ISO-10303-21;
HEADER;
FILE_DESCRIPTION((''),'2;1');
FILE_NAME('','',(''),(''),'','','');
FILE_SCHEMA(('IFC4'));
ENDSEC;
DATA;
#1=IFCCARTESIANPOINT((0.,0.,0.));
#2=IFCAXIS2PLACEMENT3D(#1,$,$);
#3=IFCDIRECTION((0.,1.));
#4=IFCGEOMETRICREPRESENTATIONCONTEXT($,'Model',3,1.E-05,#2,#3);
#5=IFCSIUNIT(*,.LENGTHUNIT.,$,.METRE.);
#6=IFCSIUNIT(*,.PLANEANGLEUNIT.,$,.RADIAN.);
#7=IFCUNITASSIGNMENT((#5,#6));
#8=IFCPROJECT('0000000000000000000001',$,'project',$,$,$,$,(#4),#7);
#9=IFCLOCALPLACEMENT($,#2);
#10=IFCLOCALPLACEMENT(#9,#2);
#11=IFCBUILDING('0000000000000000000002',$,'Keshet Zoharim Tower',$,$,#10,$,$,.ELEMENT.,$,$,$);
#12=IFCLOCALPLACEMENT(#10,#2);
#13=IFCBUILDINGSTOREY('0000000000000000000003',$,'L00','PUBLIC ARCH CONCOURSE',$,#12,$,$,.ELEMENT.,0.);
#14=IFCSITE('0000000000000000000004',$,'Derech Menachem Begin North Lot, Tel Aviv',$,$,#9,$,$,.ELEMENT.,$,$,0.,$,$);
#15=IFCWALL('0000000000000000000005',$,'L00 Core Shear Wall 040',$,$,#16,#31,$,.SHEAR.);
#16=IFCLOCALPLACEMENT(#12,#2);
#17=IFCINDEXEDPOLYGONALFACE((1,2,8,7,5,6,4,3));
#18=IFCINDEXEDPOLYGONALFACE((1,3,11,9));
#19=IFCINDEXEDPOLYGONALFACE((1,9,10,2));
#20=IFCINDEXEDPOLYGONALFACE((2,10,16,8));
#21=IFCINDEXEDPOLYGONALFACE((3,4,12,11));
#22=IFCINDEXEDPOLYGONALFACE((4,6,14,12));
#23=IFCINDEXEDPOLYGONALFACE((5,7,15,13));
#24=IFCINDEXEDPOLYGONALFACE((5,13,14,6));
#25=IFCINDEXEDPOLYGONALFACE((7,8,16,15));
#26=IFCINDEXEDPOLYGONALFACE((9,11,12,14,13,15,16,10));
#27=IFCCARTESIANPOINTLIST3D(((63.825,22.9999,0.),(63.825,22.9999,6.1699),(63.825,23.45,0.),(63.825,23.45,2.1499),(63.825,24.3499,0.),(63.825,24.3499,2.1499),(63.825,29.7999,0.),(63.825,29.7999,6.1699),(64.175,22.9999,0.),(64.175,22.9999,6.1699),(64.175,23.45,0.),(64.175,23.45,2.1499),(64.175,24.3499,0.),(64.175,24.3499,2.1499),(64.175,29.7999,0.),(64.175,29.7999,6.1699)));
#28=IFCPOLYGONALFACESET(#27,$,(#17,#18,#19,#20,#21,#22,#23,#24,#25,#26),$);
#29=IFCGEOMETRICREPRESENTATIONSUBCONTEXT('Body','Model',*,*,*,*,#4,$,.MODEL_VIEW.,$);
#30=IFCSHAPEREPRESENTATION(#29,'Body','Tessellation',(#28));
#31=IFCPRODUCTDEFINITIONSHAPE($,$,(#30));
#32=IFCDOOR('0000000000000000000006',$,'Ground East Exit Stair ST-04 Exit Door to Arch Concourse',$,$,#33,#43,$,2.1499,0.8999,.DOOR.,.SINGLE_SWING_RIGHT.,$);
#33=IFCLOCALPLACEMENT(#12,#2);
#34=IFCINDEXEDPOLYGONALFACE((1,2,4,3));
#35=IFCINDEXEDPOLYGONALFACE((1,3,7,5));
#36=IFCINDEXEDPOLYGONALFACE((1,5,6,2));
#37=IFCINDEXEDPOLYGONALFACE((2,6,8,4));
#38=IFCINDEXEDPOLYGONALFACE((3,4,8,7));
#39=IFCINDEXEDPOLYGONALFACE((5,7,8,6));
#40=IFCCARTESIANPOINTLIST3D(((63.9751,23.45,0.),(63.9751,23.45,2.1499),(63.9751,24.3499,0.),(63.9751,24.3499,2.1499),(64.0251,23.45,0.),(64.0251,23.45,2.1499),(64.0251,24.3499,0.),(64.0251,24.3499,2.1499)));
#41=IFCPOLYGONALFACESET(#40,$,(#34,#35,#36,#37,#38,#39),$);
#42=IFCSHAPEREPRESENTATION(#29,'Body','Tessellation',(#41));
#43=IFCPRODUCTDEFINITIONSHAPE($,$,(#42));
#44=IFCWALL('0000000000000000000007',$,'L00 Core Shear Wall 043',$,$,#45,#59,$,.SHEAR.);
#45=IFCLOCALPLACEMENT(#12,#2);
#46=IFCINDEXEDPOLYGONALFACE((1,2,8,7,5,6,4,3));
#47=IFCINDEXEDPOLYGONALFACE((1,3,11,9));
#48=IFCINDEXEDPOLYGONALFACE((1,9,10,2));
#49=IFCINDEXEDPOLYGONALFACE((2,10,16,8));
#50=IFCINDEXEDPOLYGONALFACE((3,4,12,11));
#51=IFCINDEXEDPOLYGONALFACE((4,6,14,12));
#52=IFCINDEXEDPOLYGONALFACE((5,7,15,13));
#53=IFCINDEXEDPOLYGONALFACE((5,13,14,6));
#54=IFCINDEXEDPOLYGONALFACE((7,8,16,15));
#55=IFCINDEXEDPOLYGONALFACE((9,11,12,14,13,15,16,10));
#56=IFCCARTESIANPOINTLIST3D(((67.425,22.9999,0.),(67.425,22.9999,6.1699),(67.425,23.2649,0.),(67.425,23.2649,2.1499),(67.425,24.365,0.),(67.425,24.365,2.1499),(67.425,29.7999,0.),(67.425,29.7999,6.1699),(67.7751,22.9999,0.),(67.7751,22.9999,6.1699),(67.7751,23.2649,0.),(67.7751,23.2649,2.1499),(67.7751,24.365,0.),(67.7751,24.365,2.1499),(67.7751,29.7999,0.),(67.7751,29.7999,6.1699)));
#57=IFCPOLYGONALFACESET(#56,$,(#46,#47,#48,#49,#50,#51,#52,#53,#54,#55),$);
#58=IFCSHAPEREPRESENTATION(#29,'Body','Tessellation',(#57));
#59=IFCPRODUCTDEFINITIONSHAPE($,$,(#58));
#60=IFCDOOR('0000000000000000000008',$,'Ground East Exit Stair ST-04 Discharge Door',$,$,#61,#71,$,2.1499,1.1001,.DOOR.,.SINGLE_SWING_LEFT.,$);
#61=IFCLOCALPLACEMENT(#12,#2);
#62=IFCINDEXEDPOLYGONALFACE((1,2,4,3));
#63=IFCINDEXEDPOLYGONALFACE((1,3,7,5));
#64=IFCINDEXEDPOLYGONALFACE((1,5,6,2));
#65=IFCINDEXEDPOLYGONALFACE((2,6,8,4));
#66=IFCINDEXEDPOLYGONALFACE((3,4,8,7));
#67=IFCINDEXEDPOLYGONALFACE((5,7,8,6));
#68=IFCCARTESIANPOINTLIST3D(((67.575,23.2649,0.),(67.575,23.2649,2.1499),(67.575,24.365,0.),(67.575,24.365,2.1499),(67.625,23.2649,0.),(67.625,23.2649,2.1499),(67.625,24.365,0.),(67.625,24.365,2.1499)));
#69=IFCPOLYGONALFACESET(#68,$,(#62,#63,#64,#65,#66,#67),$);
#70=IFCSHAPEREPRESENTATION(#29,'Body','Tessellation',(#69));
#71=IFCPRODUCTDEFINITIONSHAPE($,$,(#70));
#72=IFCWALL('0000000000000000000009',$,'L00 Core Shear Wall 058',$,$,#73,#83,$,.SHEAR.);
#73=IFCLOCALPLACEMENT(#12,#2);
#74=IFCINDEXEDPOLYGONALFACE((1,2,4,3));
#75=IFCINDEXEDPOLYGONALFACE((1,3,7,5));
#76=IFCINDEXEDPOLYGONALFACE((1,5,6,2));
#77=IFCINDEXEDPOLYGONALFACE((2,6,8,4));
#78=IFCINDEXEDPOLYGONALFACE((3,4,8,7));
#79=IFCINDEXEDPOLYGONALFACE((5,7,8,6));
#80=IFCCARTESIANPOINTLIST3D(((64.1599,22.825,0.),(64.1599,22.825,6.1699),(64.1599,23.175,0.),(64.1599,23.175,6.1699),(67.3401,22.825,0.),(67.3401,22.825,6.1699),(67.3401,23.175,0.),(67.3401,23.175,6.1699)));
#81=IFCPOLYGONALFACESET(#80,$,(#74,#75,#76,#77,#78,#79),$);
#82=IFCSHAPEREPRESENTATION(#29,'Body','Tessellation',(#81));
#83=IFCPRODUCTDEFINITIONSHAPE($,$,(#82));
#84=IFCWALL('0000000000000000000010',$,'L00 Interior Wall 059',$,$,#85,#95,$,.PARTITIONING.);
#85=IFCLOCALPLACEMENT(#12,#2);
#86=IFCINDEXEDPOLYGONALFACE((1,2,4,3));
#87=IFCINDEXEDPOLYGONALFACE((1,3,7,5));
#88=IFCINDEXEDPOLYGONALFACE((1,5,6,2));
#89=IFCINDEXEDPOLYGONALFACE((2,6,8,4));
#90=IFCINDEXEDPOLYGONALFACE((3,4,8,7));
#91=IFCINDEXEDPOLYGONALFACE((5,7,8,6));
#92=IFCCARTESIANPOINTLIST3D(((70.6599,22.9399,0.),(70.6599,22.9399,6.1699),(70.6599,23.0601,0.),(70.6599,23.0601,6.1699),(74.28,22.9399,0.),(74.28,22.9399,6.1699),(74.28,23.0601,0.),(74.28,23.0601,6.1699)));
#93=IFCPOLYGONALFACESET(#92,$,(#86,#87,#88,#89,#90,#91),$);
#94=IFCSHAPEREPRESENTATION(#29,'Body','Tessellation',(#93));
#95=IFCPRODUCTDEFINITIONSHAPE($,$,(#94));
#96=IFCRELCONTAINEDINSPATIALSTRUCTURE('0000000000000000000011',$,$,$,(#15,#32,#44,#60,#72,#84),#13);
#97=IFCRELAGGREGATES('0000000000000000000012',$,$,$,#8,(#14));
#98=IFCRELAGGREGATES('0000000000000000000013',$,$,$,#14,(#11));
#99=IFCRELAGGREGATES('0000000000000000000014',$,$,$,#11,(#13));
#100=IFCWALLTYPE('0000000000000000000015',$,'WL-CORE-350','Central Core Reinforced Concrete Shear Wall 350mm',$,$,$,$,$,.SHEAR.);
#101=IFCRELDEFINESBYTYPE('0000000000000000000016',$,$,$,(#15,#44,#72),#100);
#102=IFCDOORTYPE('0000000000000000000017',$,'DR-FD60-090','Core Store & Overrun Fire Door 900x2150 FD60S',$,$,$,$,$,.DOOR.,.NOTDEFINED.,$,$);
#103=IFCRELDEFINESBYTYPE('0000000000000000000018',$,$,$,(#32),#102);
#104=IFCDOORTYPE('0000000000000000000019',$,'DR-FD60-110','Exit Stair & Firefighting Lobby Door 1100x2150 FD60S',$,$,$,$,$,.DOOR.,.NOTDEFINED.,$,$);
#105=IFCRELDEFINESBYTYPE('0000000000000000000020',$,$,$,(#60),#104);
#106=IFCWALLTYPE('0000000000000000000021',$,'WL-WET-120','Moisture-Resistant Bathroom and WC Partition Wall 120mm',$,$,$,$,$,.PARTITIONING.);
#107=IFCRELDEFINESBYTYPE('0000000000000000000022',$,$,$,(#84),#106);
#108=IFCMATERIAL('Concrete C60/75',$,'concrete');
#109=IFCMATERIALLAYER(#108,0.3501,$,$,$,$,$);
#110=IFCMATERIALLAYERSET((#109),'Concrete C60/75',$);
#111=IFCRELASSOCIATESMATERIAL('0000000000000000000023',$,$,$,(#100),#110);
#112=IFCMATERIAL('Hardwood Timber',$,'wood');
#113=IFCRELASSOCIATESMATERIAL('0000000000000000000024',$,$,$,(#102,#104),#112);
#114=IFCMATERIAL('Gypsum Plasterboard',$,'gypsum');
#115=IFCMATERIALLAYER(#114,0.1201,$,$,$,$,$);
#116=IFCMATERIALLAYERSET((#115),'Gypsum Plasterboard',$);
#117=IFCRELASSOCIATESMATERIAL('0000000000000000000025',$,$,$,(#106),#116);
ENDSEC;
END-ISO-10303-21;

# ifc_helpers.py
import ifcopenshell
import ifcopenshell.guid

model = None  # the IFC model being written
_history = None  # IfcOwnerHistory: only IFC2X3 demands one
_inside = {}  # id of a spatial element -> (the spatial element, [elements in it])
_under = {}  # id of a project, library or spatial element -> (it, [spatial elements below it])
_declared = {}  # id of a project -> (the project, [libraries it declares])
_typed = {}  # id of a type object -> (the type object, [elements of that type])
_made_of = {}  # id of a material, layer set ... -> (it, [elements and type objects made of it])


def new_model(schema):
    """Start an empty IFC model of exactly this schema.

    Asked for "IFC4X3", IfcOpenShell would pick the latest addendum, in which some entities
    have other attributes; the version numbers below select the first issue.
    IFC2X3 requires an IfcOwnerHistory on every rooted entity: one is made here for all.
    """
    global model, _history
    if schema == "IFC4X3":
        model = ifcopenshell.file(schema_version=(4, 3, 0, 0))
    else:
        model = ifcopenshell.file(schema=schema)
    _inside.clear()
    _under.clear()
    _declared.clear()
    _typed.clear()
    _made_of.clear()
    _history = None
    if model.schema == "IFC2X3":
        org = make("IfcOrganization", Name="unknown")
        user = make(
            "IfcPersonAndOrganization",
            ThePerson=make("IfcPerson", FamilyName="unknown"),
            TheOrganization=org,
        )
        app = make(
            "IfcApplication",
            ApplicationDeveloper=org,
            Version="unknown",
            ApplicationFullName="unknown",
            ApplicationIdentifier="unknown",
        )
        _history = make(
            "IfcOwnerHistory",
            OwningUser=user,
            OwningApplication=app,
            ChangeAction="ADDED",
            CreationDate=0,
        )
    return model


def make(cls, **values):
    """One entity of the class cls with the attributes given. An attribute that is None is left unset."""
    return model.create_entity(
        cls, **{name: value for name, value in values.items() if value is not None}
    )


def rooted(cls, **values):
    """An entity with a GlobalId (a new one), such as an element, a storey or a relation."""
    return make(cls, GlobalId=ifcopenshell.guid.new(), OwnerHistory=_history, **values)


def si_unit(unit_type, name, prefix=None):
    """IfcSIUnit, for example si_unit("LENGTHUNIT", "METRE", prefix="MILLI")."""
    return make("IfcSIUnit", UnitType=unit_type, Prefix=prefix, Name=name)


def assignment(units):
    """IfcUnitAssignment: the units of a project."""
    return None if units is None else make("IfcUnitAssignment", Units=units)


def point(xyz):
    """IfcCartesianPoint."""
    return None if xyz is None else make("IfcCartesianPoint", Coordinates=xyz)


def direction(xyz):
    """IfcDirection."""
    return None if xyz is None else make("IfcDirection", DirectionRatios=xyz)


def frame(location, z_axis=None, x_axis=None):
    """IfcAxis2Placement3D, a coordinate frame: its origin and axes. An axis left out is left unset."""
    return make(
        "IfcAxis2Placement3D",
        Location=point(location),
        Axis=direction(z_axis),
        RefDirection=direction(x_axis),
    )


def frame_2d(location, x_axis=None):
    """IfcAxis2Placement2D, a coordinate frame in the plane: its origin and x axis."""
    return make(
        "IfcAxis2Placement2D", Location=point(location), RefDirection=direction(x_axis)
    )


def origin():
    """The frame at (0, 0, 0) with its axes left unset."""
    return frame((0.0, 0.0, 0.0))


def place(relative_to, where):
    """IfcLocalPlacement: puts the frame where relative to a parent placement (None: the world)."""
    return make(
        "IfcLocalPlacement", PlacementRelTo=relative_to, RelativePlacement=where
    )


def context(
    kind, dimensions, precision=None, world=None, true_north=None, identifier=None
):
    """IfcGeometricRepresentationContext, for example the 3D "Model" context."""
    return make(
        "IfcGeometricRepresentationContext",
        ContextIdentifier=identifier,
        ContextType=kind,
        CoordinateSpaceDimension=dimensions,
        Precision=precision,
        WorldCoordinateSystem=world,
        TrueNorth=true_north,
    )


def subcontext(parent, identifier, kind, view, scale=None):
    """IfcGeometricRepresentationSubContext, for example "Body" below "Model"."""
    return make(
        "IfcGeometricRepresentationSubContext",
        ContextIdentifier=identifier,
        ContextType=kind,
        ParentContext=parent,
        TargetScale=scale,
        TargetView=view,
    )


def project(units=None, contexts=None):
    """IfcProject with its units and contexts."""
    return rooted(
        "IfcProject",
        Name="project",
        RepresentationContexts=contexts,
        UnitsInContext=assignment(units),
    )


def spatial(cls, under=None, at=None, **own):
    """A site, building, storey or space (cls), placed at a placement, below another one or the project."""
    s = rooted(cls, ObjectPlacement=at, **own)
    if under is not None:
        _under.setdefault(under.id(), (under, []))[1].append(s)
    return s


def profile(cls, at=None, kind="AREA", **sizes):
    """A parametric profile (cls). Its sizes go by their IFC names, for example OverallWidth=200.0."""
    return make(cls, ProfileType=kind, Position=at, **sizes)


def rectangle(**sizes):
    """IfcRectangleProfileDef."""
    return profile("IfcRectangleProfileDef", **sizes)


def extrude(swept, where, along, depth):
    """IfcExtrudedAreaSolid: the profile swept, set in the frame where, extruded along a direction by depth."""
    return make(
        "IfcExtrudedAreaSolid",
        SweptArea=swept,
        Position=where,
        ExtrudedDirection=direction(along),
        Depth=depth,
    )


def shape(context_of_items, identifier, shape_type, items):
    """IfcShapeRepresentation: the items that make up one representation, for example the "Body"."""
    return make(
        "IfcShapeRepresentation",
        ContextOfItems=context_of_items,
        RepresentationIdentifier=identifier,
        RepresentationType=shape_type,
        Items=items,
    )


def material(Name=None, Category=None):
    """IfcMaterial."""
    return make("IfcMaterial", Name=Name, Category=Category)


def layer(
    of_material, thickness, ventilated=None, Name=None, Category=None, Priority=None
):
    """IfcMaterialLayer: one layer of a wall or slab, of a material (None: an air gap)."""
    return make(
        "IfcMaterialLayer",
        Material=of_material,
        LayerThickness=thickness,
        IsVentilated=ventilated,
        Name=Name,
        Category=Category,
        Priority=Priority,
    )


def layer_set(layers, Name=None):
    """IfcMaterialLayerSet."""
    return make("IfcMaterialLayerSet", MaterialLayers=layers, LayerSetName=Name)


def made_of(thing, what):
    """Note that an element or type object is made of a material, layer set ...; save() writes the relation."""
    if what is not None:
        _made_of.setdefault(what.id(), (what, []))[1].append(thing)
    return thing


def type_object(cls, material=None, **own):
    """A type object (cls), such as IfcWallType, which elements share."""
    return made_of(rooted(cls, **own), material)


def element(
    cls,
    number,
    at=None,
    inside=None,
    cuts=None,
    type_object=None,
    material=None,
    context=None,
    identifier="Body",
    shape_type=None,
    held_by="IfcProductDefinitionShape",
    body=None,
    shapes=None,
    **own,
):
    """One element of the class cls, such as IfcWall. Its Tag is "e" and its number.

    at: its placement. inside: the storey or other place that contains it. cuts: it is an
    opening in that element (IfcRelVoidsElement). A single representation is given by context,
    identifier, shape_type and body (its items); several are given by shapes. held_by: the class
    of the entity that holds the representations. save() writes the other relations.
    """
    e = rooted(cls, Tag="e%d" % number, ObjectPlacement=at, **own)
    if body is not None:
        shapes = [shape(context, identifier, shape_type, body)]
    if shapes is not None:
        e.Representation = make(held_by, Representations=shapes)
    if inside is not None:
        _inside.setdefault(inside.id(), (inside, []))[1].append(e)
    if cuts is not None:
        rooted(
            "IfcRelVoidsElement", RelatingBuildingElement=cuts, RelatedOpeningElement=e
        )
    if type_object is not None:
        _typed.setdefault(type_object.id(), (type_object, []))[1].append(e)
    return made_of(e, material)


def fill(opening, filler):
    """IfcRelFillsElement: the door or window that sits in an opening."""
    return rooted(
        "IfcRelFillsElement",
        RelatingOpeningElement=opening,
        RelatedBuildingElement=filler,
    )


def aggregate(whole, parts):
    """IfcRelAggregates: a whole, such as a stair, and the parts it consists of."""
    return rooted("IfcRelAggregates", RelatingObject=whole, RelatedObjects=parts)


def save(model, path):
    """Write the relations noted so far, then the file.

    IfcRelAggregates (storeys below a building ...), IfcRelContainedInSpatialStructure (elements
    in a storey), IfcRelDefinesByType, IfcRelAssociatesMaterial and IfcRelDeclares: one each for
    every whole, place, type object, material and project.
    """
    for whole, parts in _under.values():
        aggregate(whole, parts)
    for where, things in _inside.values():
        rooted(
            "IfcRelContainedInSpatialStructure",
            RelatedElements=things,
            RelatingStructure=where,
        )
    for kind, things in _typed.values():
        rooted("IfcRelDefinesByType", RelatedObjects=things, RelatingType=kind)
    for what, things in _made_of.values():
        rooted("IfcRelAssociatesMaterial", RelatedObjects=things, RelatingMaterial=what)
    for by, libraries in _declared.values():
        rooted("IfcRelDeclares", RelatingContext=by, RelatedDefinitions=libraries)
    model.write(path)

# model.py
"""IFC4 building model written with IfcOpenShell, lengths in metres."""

from ifc_helpers import new_model, si_unit, direction, frame, frame_2d, origin, place, context, subcontext, project, spatial, rectangle, extrude, material, layer, layer_set, type_object, element, fill, save


model = new_model("IFC4")

# Units and contexts
model_context = context("Model", 3, precision=1e-05, world=origin(), true_north=direction((0.0, 1.0)))
body_context = subcontext(model_context, "Body", "Model", "MODEL_VIEW")
ifc_project = project(units=[si_unit("LENGTHUNIT", "METRE"), si_unit("PLANEANGLEUNIT", "RADIAN")], contexts=[model_context])

# Site, building, storey
site_placement = place(None, origin())
site = spatial("IfcSite", under=ifc_project, at=site_placement, Name="Derech Menachem Begin North Lot, Tel Aviv", CompositionType="ELEMENT", RefElevation=0.0)
building_placement = place(site_placement, origin())
building = spatial("IfcBuilding", under=site, at=building_placement, Name="Keshet Zoharim Tower", CompositionType="ELEMENT")
storey_placement = place(building_placement, origin())
storey = spatial("IfcBuildingStorey", under=building, at=storey_placement, Name="L00", Description="PUBLIC ARCH CONCOURSE", CompositionType="ELEMENT", Elevation=0.0)

# Shared definitions
ifc_material_1 = material(Name="Concrete C60/75", Category="concrete")

# Shared definitions
ifc_material_2 = material(Name="Gypsum Plasterboard", Category="gypsum")

# Walls, openings, doors
ifc_material_3 = material(Name="Hardwood Timber", Category="wood")
ifc_layer_1 = layer(ifc_material_1, 0.3501)
ifc_layer_set_1 = layer_set([ifc_layer_1], Name="Concrete C60/75")
wall_type_1 = type_object("IfcWallType", Name="WL-CORE-350", Description="Central Core Reinforced Concrete Shear Wall 350mm", PredefinedType="SHEAR", material=ifc_layer_set_1)
wall_1_placement = place(storey_placement, frame((64.0, 23.0, 0.0), z_axis=(0.0, 0.0, 1.0), x_axis=(0.0, 1.0, 0.0)))
wall_1 = element("IfcWall", 1, at=wall_1_placement, inside=storey, type_object=wall_type_1, Name="L00 Core Shear Wall 040", PredefinedType="SHEAR", context=body_context, shape_type="SweptSolid", body=[
    extrude(rectangle(XDim=6.8, YDim=0.3501, at=frame_2d((3.3999, 0.0))), origin(), (0.0, 0.0, 1.0), 6.1699),
])
opening_1_placement = place(wall_1_placement, frame((0.45, 0.0, 0.0)))
opening_1 = element("IfcOpeningElement", 2, at=opening_1_placement, cuts=wall_1, PredefinedType="OPENING", context=body_context, shape_type="SweptSolid", body=[
    extrude(rectangle(XDim=0.8999, YDim=2.1499, at=frame_2d((0.45, 1.075))), frame((0.0, 0.1851, 0.0), z_axis=(0.0, -1.0, 0.0), x_axis=(1.0, 0.0, 0.0)), (0.0, 0.0, 1.0), 0.3701),
])
door_type_1 = type_object("IfcDoorType", Name="DR-FD60-090", Description="Core Store & Overrun Fire Door 900x2150 FD60S", OperationType="NOTDEFINED", PredefinedType="DOOR", material=ifc_material_3)
door_1_placement = place(opening_1_placement, origin())
door_1 = element("IfcDoor", 3, at=door_1_placement, inside=storey, type_object=door_type_1, Name="Ground East Exit Stair ST-04 Exit Door to Arch Concourse", OperationType="SINGLE_SWING_RIGHT", OverallHeight=2.1499, OverallWidth=0.8999, PredefinedType="DOOR", context=body_context, shape_type="SweptSolid", body=[
    extrude(rectangle(XDim=0.8999, YDim=2.1499, at=frame_2d((0.45, 1.075))), frame((0.0, 0.0249, 0.0), z_axis=(0.0, -1.0, 0.0), x_axis=(1.0, 0.0, 0.0)), (0.0, 0.0, 1.0), 0.05),
])
fill(opening_1, door_1)
wall_2_placement = place(storey_placement, frame((67.6001, 23.0, 0.0), z_axis=(0.0, 0.0, 1.0), x_axis=(0.0, 1.0, 0.0)))
wall_2 = element("IfcWall", 4, at=wall_2_placement, inside=storey, type_object=wall_type_1, Name="L00 Core Shear Wall 043", PredefinedType="SHEAR", context=body_context, shape_type="SweptSolid", body=[
    extrude(rectangle(XDim=6.8, YDim=0.3501, at=frame_2d((3.3999, 0.0))), origin(), (0.0, 0.0, 1.0), 6.1699),
])
opening_2_placement = place(wall_2_placement, frame((0.2649, 0.0, 0.0)))
opening_2 = element("IfcOpeningElement", 5, at=opening_2_placement, cuts=wall_2, PredefinedType="OPENING", context=body_context, shape_type="SweptSolid", body=[
    extrude(rectangle(XDim=1.1001, YDim=2.1499, at=frame_2d((0.55, 1.075))), frame((0.0, 0.1851, 0.0), z_axis=(0.0, -1.0, 0.0), x_axis=(1.0, 0.0, 0.0)), (0.0, 0.0, 1.0), 0.3701),
])
door_type_2 = type_object("IfcDoorType", Name="DR-FD60-110", Description="Exit Stair & Firefighting Lobby Door 1100x2150 FD60S", OperationType="NOTDEFINED", PredefinedType="DOOR", material=ifc_material_3)
door_2_placement = place(opening_2_placement, frame((1.1001, 0.0, 0.0), z_axis=(0.0, 0.0, 1.0), x_axis=(-1.0, 0.0, 0.0)))
door_2 = element("IfcDoor", 6, at=door_2_placement, inside=storey, type_object=door_type_2, Name="Ground East Exit Stair ST-04 Discharge Door", OperationType="SINGLE_SWING_LEFT", OverallHeight=2.1499, OverallWidth=1.1001, PredefinedType="DOOR", context=body_context, shape_type="SweptSolid", body=[
    extrude(rectangle(XDim=1.1001, YDim=2.1499, at=frame_2d((0.55, 1.075))), frame((0.0, 0.0249, 0.0), z_axis=(0.0, -1.0, 0.0), x_axis=(1.0, 0.0, 0.0)), (0.0, 0.0, 1.0), 0.05),
])
fill(opening_2, door_2)

# Walls
wall_3_placement = place(storey_placement, frame((64.1599, 23.0, 0.0), z_axis=(0.0, 0.0, 1.0), x_axis=(1.0, 0.0, 0.0)))
element("IfcWall", 7, at=wall_3_placement, inside=storey, type_object=wall_type_1, Name="L00 Core Shear Wall 058", PredefinedType="SHEAR", context=body_context, shape_type="SweptSolid", body=[
    extrude(rectangle(XDim=3.1802, YDim=0.3501, at=frame_2d((1.5901, 0.0))), origin(), (0.0, 0.0, 1.0), 6.1699),
])
ifc_layer_2 = layer(ifc_material_2, 0.1201)
ifc_layer_set_2 = layer_set([ifc_layer_2], Name="Gypsum Plasterboard")
wall_type_2 = type_object("IfcWallType", Name="WL-WET-120", Description="Moisture-Resistant Bathroom and WC Partition Wall 120mm", PredefinedType="PARTITIONING", material=ifc_layer_set_2)
wall_4_placement = place(storey_placement, frame((70.6599, 23.0, 0.0), z_axis=(0.0, 0.0, 1.0), x_axis=(1.0, 0.0, 0.0)))
element("IfcWall", 8, at=wall_4_placement, inside=storey, type_object=wall_type_2, Name="L00 Interior Wall 059", PredefinedType="PARTITIONING", context=body_context, shape_type="SweptSolid", body=[
    extrude(rectangle(XDim=3.6201, YDim=0.1201, at=frame_2d((1.8101, 0.0))), origin(), (0.0, 0.0, 1.0), 6.1699),
])

save(model, "model.ifc")
